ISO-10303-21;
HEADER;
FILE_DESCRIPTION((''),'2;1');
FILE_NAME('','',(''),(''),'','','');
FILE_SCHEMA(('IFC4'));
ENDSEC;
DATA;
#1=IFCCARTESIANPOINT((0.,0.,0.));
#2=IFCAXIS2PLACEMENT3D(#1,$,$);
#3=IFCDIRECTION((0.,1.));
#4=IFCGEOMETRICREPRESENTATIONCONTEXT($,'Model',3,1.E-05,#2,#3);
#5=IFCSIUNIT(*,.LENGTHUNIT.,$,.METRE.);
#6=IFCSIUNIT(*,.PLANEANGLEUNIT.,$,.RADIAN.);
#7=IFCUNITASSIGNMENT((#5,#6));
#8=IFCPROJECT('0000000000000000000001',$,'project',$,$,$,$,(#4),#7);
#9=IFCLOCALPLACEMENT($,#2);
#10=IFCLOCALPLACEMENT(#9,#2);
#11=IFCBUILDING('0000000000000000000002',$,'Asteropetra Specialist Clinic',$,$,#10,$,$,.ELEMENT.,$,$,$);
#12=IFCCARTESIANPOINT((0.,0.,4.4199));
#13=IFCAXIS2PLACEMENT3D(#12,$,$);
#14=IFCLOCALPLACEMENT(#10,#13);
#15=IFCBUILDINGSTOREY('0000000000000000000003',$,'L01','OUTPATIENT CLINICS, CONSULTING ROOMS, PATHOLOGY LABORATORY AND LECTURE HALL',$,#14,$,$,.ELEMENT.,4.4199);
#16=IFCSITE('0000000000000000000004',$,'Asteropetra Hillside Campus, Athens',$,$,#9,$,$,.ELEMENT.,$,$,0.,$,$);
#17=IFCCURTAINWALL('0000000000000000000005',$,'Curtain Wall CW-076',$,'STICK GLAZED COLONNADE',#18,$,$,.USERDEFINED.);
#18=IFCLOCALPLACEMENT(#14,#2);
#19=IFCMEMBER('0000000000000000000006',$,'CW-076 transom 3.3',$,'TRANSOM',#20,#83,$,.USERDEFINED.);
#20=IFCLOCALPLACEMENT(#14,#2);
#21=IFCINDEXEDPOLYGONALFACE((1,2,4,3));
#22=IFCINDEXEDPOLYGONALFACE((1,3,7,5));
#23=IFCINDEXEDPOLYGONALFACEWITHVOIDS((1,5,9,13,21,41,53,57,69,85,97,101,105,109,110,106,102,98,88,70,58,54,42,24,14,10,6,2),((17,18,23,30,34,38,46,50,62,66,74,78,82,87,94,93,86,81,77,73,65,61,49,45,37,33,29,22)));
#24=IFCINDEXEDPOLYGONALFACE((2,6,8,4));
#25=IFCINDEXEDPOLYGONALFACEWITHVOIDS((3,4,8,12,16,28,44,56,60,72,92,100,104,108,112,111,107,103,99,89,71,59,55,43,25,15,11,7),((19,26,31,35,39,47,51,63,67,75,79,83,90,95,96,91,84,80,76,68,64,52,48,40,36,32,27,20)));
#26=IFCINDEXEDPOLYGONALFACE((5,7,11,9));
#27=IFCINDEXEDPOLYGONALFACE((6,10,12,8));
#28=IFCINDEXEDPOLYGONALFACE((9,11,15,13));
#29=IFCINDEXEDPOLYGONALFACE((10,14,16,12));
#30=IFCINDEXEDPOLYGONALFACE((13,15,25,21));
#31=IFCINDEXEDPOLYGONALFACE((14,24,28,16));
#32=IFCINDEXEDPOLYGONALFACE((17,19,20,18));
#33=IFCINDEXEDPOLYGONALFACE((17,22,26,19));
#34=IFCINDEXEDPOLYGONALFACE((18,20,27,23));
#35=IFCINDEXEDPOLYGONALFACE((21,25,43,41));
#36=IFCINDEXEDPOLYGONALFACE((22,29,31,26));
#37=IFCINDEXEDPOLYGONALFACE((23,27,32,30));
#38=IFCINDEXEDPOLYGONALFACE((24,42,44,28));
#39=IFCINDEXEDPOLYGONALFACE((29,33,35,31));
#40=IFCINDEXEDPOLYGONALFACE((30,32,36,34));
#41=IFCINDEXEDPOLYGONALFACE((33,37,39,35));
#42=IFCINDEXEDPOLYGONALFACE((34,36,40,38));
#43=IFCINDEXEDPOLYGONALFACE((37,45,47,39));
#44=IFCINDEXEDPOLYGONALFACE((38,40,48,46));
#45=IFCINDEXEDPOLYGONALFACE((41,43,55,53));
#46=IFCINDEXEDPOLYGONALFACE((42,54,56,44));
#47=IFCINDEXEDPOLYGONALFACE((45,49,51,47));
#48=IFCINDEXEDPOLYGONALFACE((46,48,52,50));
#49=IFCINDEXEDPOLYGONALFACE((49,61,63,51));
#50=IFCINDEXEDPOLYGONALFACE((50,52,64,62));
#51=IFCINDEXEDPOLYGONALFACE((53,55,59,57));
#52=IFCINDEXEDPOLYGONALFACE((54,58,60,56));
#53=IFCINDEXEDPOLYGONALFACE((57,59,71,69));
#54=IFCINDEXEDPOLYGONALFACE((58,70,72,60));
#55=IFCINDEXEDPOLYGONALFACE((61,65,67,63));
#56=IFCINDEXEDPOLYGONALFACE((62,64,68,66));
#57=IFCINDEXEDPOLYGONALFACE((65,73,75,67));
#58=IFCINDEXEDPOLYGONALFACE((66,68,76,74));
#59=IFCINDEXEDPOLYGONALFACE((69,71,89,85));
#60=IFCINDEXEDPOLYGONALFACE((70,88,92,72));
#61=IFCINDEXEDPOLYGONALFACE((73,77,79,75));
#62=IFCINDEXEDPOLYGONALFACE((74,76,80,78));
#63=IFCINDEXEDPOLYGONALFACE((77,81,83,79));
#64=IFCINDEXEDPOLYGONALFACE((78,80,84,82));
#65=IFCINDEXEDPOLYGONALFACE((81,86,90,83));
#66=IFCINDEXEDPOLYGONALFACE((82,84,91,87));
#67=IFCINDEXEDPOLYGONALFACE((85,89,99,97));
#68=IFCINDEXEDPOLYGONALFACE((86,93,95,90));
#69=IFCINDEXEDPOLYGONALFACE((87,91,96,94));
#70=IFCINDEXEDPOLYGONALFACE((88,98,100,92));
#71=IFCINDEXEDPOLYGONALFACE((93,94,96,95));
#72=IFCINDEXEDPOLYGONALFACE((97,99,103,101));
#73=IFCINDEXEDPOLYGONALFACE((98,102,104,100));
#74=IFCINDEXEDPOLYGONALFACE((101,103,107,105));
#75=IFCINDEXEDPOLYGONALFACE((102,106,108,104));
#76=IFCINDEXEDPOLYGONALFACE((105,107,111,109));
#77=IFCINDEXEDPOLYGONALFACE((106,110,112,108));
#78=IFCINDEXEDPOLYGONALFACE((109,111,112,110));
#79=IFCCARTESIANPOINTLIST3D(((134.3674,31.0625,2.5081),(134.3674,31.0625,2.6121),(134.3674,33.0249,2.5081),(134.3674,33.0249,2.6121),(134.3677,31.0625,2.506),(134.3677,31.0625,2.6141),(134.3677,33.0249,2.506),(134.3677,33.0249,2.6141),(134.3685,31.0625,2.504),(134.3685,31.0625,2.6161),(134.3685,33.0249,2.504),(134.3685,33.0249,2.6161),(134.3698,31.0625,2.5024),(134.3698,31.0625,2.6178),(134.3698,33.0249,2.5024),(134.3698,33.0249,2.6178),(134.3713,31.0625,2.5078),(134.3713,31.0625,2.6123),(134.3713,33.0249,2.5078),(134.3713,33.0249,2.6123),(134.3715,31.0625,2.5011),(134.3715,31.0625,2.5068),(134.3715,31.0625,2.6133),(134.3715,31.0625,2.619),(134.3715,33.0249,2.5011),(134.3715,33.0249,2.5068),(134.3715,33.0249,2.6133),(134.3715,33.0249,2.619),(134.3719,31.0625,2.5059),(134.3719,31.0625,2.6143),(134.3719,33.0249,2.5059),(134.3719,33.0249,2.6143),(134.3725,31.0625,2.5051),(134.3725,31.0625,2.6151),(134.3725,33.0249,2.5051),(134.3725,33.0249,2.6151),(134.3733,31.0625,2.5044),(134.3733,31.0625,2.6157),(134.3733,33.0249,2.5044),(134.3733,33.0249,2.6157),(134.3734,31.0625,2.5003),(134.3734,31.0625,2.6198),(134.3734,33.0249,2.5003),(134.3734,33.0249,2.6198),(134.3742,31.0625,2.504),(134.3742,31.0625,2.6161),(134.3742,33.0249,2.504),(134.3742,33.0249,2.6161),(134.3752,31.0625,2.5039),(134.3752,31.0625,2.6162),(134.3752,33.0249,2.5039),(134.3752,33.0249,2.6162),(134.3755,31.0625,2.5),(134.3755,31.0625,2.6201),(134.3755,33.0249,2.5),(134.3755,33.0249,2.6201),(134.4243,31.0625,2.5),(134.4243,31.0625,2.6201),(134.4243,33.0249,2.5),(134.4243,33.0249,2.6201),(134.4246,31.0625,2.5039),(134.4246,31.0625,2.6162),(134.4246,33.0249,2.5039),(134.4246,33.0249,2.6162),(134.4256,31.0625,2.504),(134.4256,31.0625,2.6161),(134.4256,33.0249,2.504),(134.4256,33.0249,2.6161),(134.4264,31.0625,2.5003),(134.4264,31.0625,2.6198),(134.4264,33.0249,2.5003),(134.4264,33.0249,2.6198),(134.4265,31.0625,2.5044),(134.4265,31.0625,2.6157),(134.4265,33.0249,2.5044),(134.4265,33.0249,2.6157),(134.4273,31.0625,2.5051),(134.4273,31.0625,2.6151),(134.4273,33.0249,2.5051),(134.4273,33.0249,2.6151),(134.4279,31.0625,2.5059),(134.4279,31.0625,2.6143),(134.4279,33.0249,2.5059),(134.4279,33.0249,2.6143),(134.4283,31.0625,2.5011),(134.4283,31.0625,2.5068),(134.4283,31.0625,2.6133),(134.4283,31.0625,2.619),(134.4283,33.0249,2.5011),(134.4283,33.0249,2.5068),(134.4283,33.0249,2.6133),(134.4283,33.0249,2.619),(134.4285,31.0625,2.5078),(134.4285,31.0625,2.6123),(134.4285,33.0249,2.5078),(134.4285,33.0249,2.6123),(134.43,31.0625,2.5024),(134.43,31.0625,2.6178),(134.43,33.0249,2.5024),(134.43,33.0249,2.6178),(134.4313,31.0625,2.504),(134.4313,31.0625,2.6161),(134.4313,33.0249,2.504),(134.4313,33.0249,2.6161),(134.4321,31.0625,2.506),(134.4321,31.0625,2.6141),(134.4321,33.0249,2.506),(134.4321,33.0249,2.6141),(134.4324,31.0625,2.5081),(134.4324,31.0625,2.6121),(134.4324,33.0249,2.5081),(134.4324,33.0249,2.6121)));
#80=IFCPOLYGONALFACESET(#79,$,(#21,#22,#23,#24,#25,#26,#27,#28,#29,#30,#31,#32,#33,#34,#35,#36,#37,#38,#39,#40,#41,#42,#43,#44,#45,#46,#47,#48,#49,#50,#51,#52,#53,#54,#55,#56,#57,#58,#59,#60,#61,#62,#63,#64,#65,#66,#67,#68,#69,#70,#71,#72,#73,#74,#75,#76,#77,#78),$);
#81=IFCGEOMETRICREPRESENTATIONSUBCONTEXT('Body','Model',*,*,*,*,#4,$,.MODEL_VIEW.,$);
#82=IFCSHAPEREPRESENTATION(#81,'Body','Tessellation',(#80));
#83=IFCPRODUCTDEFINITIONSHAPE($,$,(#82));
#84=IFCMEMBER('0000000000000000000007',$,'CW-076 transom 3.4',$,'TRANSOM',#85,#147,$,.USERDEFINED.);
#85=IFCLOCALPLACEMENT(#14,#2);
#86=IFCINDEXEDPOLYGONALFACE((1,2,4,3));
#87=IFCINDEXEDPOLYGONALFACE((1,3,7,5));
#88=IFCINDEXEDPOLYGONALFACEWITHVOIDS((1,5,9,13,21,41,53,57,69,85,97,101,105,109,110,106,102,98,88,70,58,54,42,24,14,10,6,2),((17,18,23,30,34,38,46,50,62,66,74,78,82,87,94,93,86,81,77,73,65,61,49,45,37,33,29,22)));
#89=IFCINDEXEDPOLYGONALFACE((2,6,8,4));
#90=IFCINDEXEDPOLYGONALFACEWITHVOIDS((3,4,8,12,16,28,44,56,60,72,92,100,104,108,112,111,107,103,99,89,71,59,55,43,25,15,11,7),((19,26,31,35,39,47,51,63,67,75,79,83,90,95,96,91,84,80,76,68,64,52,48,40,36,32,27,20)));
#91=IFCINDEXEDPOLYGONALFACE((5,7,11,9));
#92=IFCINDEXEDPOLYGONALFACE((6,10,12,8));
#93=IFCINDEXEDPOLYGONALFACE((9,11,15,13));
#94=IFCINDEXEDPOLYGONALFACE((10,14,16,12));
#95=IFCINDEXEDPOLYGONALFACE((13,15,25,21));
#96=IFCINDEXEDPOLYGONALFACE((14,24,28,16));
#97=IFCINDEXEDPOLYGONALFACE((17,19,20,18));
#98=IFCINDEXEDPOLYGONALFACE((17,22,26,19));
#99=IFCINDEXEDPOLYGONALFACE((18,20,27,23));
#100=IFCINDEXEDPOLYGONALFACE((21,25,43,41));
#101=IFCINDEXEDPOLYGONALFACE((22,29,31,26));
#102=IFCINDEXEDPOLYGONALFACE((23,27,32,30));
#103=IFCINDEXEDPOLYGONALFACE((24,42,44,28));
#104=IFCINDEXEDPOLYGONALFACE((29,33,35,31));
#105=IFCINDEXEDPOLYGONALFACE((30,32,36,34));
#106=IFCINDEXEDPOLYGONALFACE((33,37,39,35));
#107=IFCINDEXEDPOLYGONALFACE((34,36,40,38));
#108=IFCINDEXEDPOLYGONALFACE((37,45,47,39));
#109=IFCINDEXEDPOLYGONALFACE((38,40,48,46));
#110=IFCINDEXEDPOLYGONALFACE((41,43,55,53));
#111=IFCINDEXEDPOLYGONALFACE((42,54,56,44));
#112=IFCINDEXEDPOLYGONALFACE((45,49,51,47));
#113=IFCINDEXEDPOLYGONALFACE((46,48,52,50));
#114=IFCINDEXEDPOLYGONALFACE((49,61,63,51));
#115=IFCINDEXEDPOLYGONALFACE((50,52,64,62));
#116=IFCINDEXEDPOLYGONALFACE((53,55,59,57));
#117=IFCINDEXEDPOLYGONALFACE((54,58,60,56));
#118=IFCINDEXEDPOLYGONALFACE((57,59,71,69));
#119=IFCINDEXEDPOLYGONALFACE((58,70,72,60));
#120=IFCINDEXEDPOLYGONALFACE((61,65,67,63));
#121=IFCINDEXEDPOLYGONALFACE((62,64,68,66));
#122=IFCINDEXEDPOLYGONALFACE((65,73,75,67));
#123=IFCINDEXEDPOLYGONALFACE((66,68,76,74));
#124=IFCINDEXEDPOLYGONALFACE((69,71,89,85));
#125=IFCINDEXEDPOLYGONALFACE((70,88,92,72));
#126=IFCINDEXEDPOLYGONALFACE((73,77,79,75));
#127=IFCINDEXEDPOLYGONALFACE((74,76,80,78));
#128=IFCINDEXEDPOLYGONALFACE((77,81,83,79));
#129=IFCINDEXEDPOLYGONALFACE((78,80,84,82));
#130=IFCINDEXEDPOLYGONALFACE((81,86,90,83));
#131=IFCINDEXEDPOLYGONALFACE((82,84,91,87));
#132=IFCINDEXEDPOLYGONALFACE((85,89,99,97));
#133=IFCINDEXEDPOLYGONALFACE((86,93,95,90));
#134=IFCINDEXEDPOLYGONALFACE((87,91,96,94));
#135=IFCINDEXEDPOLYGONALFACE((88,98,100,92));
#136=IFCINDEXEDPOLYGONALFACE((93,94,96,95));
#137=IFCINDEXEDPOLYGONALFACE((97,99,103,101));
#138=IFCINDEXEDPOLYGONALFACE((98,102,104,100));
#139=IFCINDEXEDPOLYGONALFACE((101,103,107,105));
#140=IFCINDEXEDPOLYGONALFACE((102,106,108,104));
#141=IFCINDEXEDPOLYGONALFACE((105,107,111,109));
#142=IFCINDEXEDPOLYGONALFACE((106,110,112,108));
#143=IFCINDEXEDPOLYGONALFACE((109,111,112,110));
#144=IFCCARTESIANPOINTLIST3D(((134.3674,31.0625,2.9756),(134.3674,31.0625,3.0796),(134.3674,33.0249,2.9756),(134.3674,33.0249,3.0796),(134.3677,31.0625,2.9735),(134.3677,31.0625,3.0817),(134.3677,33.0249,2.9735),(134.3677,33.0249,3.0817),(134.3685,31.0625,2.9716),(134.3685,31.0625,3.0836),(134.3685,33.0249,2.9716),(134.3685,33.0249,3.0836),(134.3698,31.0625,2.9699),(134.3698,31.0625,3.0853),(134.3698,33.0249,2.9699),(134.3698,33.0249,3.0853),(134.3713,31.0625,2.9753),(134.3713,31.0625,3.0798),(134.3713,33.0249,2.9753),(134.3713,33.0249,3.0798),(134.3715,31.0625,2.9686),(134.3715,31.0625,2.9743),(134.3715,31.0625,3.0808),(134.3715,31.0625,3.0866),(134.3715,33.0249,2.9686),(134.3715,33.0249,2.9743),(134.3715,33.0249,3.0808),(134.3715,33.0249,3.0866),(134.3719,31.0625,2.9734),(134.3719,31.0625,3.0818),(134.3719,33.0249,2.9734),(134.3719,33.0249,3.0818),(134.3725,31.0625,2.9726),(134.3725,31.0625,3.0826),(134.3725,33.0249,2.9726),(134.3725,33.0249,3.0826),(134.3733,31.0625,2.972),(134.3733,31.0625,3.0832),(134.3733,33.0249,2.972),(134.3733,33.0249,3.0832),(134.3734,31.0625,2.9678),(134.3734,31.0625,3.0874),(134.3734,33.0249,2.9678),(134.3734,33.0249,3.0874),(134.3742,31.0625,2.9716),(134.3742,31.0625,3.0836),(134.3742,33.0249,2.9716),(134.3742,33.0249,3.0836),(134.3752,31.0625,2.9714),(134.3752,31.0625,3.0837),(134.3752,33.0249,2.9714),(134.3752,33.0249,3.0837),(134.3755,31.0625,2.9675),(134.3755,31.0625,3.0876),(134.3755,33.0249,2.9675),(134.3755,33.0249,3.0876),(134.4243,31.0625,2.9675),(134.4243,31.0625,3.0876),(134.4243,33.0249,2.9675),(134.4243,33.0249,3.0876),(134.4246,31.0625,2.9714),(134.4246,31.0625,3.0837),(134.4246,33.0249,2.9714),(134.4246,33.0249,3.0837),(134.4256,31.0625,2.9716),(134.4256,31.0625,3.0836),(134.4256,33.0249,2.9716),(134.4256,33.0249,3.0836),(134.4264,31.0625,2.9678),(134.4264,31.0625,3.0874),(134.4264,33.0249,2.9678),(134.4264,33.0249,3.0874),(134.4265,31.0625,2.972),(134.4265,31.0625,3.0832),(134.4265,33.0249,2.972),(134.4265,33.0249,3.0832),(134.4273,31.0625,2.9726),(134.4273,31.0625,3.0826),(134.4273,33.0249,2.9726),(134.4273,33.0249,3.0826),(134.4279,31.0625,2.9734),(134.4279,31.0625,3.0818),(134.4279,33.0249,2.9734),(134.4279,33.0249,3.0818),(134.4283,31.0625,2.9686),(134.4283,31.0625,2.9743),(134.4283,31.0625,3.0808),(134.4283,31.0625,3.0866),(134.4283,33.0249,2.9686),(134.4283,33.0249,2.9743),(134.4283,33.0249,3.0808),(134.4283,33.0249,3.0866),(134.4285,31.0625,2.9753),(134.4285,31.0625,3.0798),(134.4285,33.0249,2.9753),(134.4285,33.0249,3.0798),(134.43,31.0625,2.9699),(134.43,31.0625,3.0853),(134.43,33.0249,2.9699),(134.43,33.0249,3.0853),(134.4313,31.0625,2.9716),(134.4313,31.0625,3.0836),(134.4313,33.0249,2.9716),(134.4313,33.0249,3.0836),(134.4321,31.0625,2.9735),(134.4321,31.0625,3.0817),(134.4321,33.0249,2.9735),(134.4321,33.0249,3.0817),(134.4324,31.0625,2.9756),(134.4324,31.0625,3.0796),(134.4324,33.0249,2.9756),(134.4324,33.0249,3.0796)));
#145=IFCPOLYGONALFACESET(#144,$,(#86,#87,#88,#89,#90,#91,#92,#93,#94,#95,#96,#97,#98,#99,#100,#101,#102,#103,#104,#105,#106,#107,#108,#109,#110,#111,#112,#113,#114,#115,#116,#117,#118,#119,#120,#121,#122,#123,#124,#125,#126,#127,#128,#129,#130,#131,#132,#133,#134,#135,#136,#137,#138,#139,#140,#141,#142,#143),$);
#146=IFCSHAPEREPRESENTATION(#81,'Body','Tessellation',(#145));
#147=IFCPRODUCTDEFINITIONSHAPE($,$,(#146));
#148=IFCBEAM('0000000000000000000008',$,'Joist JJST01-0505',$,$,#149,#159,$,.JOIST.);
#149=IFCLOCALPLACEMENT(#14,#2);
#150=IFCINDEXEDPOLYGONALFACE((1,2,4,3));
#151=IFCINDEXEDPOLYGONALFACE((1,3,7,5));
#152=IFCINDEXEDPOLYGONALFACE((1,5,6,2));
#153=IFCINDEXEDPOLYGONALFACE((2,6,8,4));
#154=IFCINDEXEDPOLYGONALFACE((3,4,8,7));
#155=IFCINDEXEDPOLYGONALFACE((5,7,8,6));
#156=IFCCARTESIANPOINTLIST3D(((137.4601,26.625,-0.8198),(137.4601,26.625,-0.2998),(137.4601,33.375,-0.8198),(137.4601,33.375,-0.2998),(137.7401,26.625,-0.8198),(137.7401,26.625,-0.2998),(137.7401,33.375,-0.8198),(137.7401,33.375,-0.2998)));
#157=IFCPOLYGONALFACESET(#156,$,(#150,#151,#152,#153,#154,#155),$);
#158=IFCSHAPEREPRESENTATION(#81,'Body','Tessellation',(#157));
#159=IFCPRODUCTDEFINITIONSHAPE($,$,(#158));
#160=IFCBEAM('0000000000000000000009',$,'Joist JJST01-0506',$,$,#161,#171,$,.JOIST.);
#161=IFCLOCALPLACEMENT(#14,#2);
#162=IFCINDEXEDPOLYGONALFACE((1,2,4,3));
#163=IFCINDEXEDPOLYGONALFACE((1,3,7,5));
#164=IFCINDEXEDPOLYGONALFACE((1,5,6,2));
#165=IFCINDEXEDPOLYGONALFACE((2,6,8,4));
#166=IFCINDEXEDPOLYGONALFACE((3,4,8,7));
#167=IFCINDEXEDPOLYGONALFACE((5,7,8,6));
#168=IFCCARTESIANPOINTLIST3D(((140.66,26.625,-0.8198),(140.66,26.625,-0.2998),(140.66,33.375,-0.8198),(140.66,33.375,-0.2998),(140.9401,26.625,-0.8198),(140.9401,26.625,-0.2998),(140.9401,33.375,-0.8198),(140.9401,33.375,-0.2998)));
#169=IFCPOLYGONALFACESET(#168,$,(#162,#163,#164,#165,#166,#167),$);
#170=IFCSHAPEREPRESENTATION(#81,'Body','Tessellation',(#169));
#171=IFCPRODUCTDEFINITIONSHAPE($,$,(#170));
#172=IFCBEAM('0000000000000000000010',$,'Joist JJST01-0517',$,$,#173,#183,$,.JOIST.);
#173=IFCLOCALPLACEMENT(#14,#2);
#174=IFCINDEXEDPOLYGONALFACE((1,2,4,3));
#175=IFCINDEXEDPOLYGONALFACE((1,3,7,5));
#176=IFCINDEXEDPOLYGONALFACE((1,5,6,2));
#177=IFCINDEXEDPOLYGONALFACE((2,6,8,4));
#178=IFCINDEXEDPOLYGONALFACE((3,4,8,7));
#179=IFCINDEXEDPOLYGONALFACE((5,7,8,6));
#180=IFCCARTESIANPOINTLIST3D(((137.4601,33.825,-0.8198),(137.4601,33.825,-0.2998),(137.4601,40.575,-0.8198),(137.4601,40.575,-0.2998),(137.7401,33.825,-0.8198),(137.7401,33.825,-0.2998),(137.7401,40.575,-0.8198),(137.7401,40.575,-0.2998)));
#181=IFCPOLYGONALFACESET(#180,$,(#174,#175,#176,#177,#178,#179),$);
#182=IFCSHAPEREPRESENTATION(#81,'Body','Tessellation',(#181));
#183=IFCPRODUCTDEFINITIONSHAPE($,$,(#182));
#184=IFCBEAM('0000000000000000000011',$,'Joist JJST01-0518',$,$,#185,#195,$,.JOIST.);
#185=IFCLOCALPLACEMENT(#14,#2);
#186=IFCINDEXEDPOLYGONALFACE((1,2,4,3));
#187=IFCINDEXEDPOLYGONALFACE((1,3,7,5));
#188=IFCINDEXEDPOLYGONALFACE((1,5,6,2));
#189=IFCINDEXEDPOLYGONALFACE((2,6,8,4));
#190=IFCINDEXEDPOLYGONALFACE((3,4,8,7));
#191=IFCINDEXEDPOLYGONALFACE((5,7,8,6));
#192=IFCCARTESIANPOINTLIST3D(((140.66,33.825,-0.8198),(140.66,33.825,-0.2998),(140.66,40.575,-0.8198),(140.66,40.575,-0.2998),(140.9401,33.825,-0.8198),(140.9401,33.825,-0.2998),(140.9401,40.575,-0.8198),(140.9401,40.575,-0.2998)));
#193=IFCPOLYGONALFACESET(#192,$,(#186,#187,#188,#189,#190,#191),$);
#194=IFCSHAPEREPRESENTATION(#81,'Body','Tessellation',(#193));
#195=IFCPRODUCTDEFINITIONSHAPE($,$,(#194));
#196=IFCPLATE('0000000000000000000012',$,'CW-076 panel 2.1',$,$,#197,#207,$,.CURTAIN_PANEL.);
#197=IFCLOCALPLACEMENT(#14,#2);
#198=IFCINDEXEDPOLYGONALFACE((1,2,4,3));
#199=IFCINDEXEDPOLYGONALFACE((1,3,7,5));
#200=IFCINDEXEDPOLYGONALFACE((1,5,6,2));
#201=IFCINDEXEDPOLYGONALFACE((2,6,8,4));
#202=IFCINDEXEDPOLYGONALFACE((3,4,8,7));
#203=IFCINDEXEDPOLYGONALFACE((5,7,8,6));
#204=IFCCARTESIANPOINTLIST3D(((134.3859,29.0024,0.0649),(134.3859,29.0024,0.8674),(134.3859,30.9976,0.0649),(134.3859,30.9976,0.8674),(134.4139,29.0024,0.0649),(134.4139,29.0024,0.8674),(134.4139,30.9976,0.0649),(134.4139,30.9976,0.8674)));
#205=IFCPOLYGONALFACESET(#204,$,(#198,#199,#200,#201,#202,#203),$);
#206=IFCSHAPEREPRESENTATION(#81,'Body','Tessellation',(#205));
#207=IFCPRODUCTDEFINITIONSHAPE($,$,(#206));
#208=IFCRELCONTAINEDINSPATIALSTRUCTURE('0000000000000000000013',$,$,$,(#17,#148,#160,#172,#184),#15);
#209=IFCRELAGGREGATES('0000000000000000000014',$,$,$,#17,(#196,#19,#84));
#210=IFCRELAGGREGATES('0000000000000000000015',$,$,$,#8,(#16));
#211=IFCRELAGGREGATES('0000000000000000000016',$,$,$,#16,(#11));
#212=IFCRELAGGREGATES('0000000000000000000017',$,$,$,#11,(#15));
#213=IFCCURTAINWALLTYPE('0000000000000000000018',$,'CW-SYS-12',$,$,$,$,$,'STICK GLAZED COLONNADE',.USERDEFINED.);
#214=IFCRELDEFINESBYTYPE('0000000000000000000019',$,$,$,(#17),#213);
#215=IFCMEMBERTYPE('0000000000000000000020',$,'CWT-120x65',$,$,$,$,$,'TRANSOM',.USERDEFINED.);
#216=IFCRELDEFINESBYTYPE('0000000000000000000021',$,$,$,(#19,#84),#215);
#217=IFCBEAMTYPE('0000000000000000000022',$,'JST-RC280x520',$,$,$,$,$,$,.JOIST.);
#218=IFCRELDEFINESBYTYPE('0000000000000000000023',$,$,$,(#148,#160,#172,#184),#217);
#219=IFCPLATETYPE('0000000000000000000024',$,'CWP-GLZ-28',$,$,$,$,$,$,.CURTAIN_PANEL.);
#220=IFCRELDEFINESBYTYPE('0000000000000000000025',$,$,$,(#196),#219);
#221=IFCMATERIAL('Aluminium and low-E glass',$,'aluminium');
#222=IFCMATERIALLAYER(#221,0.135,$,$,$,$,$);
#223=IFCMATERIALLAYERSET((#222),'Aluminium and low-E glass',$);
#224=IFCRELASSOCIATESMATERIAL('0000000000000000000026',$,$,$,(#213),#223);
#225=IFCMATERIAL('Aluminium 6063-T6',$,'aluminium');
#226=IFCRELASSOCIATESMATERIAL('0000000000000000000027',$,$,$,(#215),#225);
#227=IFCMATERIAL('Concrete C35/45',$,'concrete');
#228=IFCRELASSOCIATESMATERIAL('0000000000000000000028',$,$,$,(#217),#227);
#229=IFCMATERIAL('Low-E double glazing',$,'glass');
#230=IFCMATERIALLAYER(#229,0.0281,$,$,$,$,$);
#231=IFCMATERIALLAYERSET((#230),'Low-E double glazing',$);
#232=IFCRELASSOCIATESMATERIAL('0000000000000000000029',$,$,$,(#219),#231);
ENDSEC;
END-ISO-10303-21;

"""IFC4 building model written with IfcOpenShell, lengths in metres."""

from ifc_helpers import new_model, si_unit, direction, frame, origin, origin_2d, place, context, subcontext, project, spatial, rectangle, hollow_rectangle, extrude, material, layer, layer_set, material_profile, profile_set, type_object, element, aggregate, save


model = new_model("IFC4")

# Units and contexts
model_context = context("Model", 3, precision=1e-05, world=origin(), true_north=direction((0.0, 1.0)))
body_context = subcontext(model_context, "Body", "Model", "MODEL_VIEW")
ifc_project = project(units=[si_unit("LENGTHUNIT", "METRE"), si_unit("PLANEANGLEUNIT", "RADIAN")], contexts=[model_context])

# Site, building, storey
site_placement = place(None, origin())
site = spatial("IfcSite", under=ifc_project, at=site_placement, Name="Asteropetra Hillside Campus, Athens", CompositionType="ELEMENT", RefElevation=0.0)
building_placement = place(site_placement, origin())
building = spatial("IfcBuilding", under=site, at=building_placement, Name="Asteropetra Specialist Clinic", CompositionType="ELEMENT")
storey_placement = place(building_placement, frame((0.0, 0.0, 4.4199)))
storey = spatial("IfcBuildingStorey", under=building, at=storey_placement, Name="L01", Description="OUTPATIENT CLINICS, CONSULTING ROOMS, PATHOLOGY LABORATORY AND LECTURE HALL", CompositionType="ELEMENT", Elevation=4.4199)

# Curtain wall, members
ifc_material_1 = material(Name="Aluminium and low-E glass", Category="aluminium")
ifc_layer_1 = layer(ifc_material_1, 0.135)
ifc_layer_set_1 = layer_set([ifc_layer_1], Name="Aluminium and low-E glass")
curtain_wall_type = type_object("IfcCurtainWallType", Name="CW-SYS-12", ElementType="STICK GLAZED COLONNADE", PredefinedType="USERDEFINED", material=ifc_layer_set_1)
curtain_wall_placement = place(storey_placement, origin())
curtain_wall = element("IfcCurtainWall", 1, at=curtain_wall_placement, inside=storey, type_object=curtain_wall_type, Name="Curtain Wall CW-076", ObjectType="STICK GLAZED COLONNADE", PredefinedType="USERDEFINED")
ifc_material_2 = material(Name="Aluminium 6063-T6", Category="aluminium")
ifc_material_profile_1 = material_profile(ifc_material_2, hollow_rectangle(XDim=0.0649, YDim=0.1201, WallThickness=0.0039, InnerFilletRadius=0.0039, OuterFilletRadius=0.0081, at=origin_2d()), Name="TRN 120x65x4.0")
ifc_profile_set_1 = profile_set([ifc_material_profile_1], Name="Aluminium 6063-T6")
member_type_1 = type_object("IfcMemberType", Name="CWT-120x65", ElementType="TRANSOM", PredefinedType="USERDEFINED", material=ifc_profile_set_1)
member_1_placement = place(storey_placement, frame((134.3999, 31.0625, 2.5601), z_axis=(0.0, 1.0, 0.0), x_axis=(-1.0, 0.0, 0.0)))
member_1 = element("IfcMember", 2, at=member_1_placement, type_object=member_type_1, Name="CW-076 transom 3.3", ObjectType="TRANSOM", PredefinedType="USERDEFINED", context=body_context, shape_type="SweptSolid", body=[
    extrude(hollow_rectangle(XDim=0.0649, YDim=0.1201, WallThickness=0.0039, InnerFilletRadius=0.0039, OuterFilletRadius=0.0081, at=origin_2d()), origin(), (0.0, 0.0, 1.0), 1.9624),
])
member_2_placement = place(storey_placement, frame((134.3999, 31.0625, 3.0276), z_axis=(0.0, 1.0, 0.0), x_axis=(-1.0, 0.0, 0.0)))
member_2 = element("IfcMember", 3, at=member_2_placement, type_object=member_type_1, Name="CW-076 transom 3.4", ObjectType="TRANSOM", PredefinedType="USERDEFINED", context=body_context, shape_type="SweptSolid", body=[
    extrude(hollow_rectangle(XDim=0.0649, YDim=0.1201, WallThickness=0.0039, InnerFilletRadius=0.0039, OuterFilletRadius=0.0081, at=origin_2d()), origin(), (0.0, 0.0, 1.0), 1.9624),
])

# Beams
ifc_material_3 = material(Name="Concrete C35/45", Category="concrete")
ifc_material_profile_2 = material_profile(ifc_material_3, rectangle(XDim=0.28, YDim=0.52, at=origin_2d()), Name="RCJ 280x520")
ifc_profile_set_2 = profile_set([ifc_material_profile_2], Name="Concrete C35/45")
beam_type_1 = type_object("IfcBeamType", Name="JST-RC280x520", PredefinedType="JOIST", material=ifc_profile_set_2)
for number, where, z_axis, x_axis, name in (
    (4, (137.6001, 26.625, -0.5598), (0.0, 1.0, 0.0), (-1.0, 0.0, 0.0), "Joist JJST01-0505"),
    (5, (140.8, 26.625, -0.5598), (0.0, 1.0, 0.0), (-1.0, 0.0, 0.0), "Joist JJST01-0506"),
    (6, (137.6001, 33.825, -0.5598), (0.0, 1.0, 0.0), (-1.0, 0.0, 0.0), "Joist JJST01-0517"),
    (7, (140.8, 33.825, -0.5598), (0.0, 1.0, 0.0), (-1.0, 0.0, 0.0), "Joist JJST01-0518"),
):
    element("IfcBeam", number, at=place(storey_placement, frame(where, z_axis=z_axis, x_axis=x_axis)), inside=storey, type_object=beam_type_1, Name=name, PredefinedType="JOIST", context=body_context, shape_type="SweptSolid", body=[
        extrude(rectangle(XDim=0.28, YDim=0.52, at=origin_2d()), origin(), (0.0, 0.0, 1.0), 6.75),
    ])

# Plate
ifc_material_4 = material(Name="Low-E double glazing", Category="glass")
ifc_layer_2 = layer(ifc_material_4, 0.0281)
ifc_layer_set_2 = layer_set([ifc_layer_2], Name="Low-E double glazing")
plate_type = type_object("IfcPlateType", Name="CWP-GLZ-28", PredefinedType="CURTAIN_PANEL", material=ifc_layer_set_2)
plate_1_placement = place(storey_placement, frame((134.3999, 30.0, 0.0649), z_axis=(0.0, 0.0, 1.0), x_axis=(0.0, 1.0, 0.0)))
plate_1 = element("IfcPlate", 8, at=plate_1_placement, type_object=plate_type, Name="CW-076 panel 2.1", PredefinedType="CURTAIN_PANEL", context=body_context, shape_type="SweptSolid", body=[
    extrude(rectangle(XDim=1.9951, YDim=0.0281, at=origin_2d()), origin(), (0.0, 0.0, 1.0), 0.8025),
])
aggregate(curtain_wall, [plate_1, member_1, member_2])

save(model, "model.ifc")
